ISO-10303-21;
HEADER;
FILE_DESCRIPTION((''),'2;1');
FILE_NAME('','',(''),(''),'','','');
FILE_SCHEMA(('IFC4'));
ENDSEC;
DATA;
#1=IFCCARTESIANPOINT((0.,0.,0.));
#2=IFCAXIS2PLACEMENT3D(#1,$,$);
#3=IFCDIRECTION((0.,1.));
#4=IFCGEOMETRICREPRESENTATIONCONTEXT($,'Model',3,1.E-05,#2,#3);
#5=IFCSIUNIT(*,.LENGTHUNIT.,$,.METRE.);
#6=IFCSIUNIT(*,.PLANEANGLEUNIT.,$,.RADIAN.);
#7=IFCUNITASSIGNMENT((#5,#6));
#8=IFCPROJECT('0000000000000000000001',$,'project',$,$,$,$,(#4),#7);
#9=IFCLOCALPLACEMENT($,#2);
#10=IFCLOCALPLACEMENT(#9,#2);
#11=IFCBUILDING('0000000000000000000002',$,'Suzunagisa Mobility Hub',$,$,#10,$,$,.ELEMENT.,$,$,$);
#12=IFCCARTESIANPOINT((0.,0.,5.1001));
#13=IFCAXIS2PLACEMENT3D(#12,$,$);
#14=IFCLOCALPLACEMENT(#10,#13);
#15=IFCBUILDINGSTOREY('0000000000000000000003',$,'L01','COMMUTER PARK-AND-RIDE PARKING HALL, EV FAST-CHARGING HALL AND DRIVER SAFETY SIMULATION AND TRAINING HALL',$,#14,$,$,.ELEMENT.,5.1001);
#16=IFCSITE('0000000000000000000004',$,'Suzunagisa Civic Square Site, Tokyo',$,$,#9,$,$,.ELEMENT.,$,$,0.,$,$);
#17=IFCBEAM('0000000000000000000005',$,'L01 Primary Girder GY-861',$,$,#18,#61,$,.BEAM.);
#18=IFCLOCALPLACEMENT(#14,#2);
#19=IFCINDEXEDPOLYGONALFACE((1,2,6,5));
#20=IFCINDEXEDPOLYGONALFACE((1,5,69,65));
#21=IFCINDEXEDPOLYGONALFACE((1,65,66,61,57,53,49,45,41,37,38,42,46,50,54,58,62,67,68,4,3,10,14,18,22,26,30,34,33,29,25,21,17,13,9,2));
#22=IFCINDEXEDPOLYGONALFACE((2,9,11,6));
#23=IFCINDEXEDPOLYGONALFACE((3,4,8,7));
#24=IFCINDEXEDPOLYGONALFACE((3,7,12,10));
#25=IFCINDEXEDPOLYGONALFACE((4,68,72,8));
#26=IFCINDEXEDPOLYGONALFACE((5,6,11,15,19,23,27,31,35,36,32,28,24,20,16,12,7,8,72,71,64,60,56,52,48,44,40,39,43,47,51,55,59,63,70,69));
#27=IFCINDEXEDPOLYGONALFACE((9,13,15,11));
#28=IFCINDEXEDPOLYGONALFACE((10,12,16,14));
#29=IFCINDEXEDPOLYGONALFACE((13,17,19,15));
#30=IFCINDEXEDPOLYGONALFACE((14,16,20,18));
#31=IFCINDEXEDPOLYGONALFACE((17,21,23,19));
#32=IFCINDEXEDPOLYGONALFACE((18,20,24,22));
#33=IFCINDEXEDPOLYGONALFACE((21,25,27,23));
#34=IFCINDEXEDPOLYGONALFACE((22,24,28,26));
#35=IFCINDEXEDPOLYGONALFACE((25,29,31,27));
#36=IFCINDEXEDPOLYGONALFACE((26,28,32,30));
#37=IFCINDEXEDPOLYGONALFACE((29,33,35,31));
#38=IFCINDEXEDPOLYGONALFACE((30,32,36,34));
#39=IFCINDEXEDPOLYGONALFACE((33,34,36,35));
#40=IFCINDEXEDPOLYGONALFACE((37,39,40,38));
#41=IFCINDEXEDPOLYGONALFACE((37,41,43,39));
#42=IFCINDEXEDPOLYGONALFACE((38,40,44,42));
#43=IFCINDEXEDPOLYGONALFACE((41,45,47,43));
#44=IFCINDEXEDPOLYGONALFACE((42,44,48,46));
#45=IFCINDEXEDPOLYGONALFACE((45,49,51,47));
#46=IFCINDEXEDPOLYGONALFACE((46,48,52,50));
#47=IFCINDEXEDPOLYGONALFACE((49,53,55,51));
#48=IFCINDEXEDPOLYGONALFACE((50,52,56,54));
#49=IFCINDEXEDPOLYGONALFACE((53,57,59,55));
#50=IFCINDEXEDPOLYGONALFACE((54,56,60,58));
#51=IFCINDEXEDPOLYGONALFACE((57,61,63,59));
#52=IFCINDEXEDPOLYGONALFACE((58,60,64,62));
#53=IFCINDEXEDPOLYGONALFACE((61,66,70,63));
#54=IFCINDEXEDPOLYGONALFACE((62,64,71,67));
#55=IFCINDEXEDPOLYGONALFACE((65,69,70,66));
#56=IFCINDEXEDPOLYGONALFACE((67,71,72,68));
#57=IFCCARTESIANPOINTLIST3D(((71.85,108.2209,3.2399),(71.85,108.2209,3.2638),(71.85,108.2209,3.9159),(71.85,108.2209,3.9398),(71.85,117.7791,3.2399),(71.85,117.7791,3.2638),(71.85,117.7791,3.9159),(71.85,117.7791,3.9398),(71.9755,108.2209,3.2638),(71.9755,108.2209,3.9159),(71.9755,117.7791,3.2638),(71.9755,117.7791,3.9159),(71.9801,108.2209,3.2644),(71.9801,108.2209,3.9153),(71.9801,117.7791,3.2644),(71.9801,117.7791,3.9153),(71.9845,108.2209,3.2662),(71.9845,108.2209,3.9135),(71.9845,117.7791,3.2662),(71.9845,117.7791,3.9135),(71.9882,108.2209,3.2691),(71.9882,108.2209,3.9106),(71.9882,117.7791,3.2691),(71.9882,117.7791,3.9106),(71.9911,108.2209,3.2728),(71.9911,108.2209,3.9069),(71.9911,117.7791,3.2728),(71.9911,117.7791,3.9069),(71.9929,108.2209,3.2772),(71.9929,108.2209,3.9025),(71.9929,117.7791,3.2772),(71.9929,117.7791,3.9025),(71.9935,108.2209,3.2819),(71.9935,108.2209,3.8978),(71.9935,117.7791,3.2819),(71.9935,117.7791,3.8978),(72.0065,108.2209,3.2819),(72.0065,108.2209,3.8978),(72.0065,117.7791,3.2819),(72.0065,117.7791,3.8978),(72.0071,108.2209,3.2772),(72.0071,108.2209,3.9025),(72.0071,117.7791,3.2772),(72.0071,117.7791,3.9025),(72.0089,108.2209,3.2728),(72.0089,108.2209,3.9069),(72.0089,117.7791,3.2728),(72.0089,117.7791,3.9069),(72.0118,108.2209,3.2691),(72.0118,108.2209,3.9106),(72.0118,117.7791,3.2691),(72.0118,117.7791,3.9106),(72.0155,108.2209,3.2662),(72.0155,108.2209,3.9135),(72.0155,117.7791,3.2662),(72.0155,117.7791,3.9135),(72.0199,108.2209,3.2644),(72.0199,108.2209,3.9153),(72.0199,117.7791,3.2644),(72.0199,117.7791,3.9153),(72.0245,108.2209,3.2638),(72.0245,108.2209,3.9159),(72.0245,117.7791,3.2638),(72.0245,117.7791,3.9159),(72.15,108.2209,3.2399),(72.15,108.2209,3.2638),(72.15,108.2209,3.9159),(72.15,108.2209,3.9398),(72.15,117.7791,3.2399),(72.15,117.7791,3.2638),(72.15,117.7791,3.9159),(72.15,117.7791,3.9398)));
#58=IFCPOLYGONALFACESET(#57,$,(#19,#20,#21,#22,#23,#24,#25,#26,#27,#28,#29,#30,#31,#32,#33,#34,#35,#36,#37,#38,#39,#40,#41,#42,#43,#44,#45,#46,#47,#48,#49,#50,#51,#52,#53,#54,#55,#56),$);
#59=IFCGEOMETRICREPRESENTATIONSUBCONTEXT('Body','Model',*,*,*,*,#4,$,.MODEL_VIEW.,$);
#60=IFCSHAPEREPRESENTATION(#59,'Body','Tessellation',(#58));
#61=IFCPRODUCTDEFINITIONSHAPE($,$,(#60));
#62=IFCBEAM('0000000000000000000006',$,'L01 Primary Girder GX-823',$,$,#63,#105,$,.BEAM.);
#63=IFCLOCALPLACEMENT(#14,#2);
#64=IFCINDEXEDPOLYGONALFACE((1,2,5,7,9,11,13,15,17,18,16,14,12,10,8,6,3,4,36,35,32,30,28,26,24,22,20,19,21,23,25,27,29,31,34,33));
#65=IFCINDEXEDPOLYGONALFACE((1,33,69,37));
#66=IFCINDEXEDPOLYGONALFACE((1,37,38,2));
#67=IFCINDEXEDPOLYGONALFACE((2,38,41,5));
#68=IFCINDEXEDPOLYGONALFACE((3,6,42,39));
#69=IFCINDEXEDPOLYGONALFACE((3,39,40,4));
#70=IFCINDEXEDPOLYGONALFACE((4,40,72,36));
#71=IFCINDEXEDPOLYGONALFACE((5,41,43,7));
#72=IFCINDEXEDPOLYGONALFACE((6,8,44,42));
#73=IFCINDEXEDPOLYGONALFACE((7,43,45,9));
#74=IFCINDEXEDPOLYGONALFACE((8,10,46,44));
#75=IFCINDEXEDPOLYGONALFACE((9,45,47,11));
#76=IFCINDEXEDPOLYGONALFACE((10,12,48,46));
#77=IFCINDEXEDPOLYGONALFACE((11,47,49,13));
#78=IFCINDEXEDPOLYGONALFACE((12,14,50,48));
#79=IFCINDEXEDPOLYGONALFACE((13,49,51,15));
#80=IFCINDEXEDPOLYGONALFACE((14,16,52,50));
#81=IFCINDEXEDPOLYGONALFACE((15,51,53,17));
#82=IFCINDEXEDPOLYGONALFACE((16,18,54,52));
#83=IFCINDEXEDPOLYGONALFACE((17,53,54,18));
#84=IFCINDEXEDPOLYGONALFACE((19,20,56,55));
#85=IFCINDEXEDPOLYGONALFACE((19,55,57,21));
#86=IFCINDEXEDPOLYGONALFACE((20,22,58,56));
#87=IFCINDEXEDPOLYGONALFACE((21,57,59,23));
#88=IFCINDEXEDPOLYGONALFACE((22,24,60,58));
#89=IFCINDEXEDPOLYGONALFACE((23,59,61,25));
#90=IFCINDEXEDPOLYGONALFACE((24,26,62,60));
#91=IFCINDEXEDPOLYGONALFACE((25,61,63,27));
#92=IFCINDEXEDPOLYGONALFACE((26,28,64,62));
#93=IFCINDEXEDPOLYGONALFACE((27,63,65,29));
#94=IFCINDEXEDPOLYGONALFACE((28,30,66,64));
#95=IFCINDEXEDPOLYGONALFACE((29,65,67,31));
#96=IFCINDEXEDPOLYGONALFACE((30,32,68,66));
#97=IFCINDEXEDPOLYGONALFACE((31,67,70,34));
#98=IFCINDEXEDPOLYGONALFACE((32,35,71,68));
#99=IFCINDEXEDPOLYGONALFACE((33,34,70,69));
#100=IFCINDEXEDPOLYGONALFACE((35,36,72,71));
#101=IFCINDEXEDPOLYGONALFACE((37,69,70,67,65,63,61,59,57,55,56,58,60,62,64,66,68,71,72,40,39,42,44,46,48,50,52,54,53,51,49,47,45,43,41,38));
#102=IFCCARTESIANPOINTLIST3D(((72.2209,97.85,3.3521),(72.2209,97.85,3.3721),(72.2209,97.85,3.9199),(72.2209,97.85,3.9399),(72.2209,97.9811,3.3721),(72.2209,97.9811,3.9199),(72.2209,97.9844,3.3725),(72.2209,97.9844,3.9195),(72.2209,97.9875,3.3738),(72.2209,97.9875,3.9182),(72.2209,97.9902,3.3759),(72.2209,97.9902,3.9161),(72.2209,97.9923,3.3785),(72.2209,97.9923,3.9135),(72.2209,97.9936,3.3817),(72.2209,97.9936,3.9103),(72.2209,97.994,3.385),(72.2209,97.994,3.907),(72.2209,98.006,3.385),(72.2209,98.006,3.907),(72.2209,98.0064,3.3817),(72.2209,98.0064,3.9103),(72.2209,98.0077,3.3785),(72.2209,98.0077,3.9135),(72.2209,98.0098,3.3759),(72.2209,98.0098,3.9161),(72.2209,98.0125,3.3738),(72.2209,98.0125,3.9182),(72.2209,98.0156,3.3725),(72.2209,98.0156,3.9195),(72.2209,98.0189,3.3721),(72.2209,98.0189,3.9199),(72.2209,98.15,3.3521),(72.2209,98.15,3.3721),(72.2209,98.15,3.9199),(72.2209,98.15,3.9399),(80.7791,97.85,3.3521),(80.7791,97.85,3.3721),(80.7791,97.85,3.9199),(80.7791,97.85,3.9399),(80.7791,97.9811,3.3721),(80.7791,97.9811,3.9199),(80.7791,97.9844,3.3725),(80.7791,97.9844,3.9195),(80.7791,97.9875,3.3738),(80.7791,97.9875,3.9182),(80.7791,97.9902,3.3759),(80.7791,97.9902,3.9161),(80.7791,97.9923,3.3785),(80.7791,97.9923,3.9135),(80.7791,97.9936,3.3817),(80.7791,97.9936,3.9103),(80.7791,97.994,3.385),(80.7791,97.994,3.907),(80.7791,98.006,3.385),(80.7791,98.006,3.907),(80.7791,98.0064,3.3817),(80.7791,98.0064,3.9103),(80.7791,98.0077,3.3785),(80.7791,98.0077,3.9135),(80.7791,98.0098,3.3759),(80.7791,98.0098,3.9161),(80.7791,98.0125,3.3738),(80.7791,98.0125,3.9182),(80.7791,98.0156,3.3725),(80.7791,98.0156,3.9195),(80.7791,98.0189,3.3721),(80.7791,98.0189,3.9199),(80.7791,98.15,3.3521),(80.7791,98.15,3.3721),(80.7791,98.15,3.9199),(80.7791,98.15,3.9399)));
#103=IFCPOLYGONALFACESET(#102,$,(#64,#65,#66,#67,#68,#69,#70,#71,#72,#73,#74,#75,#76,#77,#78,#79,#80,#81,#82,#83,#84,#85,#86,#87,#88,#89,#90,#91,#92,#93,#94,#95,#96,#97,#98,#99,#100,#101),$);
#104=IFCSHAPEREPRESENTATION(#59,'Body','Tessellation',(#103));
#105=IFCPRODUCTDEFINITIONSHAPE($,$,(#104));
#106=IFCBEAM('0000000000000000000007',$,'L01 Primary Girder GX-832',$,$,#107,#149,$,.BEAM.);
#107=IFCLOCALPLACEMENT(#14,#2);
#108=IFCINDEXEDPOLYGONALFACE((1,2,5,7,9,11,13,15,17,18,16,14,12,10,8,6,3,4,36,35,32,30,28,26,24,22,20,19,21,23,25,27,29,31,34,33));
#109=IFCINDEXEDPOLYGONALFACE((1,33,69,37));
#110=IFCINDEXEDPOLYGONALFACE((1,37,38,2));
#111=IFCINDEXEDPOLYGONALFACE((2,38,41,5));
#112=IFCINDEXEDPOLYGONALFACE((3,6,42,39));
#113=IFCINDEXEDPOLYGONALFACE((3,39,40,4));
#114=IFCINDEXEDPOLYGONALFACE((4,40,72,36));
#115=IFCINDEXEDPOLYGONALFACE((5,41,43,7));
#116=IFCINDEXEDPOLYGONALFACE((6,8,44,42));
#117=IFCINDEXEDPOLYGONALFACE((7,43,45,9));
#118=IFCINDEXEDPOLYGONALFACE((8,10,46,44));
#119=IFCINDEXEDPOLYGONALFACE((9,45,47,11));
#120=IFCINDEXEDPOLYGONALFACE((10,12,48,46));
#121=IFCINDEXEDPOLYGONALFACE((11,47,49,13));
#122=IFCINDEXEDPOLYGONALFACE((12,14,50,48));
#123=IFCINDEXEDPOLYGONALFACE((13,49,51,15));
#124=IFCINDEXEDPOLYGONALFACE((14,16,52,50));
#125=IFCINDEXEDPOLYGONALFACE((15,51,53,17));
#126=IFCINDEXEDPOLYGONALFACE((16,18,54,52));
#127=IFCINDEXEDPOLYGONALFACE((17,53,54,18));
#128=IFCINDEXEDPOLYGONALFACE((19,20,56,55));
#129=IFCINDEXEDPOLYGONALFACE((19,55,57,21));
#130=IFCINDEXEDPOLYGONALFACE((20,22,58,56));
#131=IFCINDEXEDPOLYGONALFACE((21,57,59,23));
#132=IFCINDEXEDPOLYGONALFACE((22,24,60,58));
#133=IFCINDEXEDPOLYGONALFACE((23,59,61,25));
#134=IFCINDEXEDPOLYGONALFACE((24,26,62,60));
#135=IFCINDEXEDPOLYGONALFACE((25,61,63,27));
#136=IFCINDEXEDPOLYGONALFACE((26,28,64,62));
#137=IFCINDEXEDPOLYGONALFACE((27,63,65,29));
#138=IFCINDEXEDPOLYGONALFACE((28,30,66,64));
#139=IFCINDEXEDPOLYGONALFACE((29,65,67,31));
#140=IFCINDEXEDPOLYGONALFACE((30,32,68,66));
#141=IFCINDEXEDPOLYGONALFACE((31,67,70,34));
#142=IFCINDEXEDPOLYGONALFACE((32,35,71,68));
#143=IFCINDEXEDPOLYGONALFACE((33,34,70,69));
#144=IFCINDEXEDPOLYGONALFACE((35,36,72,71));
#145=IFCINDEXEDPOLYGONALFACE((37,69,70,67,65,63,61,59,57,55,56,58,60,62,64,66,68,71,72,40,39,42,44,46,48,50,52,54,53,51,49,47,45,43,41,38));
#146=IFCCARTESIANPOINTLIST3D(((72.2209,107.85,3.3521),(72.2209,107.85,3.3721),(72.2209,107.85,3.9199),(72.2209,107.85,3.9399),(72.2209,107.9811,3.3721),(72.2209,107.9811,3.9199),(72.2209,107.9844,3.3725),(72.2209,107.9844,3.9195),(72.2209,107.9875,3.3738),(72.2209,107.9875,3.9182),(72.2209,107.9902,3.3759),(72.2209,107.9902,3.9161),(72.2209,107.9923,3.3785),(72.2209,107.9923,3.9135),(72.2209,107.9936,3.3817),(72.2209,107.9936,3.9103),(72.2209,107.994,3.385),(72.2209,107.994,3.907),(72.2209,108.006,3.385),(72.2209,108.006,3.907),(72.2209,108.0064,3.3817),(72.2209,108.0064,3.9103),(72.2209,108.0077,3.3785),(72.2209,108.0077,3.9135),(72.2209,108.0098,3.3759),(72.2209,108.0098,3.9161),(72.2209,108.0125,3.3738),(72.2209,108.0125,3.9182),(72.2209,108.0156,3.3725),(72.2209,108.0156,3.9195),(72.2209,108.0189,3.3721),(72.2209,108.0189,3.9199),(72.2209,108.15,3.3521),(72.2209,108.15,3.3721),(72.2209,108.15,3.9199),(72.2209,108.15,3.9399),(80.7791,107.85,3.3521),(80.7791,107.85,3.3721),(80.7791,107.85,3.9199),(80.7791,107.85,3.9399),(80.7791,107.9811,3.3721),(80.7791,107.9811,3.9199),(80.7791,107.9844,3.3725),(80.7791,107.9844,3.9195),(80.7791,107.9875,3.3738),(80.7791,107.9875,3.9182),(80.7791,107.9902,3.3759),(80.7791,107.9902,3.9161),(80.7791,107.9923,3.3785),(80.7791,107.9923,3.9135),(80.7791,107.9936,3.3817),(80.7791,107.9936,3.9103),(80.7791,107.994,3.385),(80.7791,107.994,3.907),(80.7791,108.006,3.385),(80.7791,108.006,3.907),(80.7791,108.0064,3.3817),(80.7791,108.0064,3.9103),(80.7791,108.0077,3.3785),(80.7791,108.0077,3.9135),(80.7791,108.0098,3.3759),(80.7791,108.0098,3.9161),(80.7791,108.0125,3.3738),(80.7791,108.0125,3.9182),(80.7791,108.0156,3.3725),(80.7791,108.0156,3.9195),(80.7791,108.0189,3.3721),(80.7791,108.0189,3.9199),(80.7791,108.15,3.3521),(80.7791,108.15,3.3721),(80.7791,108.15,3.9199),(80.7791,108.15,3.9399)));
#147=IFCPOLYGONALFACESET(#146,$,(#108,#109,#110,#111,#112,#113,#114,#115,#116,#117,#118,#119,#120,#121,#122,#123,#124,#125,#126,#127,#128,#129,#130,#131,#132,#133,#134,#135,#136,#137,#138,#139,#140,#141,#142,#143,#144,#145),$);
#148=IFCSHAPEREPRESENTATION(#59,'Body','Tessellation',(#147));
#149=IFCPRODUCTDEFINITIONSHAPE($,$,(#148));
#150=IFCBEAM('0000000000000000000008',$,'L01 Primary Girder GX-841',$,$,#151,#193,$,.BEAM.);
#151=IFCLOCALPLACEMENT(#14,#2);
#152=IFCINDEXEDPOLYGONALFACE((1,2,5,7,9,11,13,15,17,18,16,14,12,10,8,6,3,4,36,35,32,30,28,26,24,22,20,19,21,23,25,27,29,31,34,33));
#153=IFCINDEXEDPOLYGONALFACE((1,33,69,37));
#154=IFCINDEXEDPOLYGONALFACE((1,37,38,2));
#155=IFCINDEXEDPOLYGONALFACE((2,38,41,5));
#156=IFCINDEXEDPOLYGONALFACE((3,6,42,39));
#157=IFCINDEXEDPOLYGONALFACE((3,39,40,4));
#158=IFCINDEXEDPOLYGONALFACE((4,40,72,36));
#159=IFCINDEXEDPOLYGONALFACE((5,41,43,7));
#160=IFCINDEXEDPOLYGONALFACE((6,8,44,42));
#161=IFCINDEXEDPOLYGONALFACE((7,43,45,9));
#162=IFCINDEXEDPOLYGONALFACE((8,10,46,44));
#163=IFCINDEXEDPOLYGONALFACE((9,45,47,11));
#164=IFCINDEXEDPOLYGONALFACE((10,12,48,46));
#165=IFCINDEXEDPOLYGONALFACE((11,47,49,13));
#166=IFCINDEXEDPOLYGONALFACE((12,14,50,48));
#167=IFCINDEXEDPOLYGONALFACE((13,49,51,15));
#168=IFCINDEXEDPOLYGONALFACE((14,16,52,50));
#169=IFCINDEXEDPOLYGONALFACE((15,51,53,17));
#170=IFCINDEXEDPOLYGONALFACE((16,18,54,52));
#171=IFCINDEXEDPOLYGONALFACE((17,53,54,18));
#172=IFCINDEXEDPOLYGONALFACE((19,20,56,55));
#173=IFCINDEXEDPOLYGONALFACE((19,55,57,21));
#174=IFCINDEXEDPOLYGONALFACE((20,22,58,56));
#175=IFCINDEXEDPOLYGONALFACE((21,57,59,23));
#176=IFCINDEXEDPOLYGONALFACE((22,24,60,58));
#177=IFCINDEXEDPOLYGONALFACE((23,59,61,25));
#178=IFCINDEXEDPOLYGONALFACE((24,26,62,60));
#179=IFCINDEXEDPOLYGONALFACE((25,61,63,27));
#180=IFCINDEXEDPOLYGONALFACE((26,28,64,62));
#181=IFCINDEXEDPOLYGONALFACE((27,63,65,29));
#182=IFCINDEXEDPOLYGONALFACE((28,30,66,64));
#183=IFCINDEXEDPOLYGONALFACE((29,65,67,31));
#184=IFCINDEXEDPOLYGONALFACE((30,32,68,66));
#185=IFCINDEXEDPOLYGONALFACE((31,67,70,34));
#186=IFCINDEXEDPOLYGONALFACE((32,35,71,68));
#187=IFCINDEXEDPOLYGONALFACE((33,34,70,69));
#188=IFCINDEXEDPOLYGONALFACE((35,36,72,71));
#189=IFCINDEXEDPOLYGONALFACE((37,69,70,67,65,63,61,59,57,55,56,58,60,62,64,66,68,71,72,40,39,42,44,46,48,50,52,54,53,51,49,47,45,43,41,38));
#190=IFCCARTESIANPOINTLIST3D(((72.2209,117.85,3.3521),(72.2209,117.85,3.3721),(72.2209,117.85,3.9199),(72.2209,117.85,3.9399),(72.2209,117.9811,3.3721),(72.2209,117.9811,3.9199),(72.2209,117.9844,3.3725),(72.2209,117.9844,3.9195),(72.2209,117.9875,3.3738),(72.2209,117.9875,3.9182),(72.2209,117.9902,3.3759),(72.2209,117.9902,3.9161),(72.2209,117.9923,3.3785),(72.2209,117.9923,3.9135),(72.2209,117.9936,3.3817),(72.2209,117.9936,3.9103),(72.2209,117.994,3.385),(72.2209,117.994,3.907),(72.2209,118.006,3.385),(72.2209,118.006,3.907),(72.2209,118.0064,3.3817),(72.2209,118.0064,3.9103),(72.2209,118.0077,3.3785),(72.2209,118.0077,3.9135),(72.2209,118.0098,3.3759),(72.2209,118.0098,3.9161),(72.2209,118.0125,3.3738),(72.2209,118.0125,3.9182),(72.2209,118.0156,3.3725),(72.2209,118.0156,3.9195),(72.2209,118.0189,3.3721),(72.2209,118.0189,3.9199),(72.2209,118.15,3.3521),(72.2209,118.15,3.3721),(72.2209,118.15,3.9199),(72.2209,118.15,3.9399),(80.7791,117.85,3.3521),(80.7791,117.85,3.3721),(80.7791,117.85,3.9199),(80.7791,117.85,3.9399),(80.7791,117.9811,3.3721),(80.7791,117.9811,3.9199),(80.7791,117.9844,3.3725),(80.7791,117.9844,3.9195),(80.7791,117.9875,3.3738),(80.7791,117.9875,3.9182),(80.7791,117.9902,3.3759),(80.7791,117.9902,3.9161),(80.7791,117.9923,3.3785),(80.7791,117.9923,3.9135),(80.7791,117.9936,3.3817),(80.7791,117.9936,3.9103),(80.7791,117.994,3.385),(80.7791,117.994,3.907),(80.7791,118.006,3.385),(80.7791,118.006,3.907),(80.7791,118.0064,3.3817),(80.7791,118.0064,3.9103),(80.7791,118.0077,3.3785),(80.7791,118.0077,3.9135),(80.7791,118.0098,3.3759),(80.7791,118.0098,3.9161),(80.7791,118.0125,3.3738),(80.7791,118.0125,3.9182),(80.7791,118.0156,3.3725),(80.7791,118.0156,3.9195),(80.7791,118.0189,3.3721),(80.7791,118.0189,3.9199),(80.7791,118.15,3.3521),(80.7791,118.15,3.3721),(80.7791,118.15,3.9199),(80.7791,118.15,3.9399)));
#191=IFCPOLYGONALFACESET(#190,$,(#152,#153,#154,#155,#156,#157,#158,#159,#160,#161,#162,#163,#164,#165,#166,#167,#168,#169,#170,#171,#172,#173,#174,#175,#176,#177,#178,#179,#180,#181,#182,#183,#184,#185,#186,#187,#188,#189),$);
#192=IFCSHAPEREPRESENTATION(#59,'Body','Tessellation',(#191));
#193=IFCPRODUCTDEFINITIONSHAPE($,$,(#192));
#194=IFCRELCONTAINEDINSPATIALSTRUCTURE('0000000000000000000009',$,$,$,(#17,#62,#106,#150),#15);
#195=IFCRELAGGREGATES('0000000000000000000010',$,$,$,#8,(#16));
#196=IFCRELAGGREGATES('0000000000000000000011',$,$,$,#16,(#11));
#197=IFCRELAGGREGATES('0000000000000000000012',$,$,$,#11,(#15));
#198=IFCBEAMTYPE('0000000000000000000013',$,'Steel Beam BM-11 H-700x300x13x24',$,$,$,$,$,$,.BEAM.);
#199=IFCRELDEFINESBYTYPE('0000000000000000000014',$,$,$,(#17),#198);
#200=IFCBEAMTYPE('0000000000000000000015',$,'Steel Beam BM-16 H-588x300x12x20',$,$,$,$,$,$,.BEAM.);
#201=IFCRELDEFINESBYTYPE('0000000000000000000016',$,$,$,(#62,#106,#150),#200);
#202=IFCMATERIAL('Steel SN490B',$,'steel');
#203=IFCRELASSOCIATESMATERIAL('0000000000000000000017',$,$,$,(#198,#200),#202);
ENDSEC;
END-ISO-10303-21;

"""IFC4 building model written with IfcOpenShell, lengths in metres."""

from ifc_helpers import new_model, si_unit, direction, frame, origin, origin_2d, place, context, subcontext, project, spatial, i_section, extrude, material, material_profile, profile_set, type_object, element, save


model = new_model("IFC4")

# Units and contexts
model_context = context("Model", 3, precision=1e-05, world=origin(), true_north=direction((0.0, 1.0)))
body_context = subcontext(model_context, "Body", "Model", "MODEL_VIEW")
ifc_project = project(units=[si_unit("LENGTHUNIT", "METRE"), si_unit("PLANEANGLEUNIT", "RADIAN")], contexts=[model_context])

# Site, building, storey
site_placement = place(None, origin())
site = spatial("IfcSite", under=ifc_project, at=site_placement, Name="Suzunagisa Civic Square Site, Tokyo", CompositionType="ELEMENT", RefElevation=0.0)
building_placement = place(site_placement, origin())
building = spatial("IfcBuilding", under=site, at=building_placement, Name="Suzunagisa Mobility Hub", CompositionType="ELEMENT")
storey_placement = place(building_placement, frame((0.0, 0.0, 5.1001)))
storey = spatial("IfcBuildingStorey", under=building, at=storey_placement, Name="L01", Description="COMMUTER PARK-AND-RIDE PARKING HALL, EV FAST-CHARGING HALL AND DRIVER SAFETY SIMULATION AND TRAINING HALL", CompositionType="ELEMENT", Elevation=5.1001)

# Shared definitions
ifc_material_1 = material(Name="Steel SN490B", Category="steel")

# Beams
ifc_material_profile_1 = material_profile(ifc_material_1, i_section(OverallWidth=0.3, OverallDepth=0.7, WebThickness=0.0129, FlangeThickness=0.0239, FilletRadius=0.0181, at=origin_2d()), Name="H-700x300x13x24")
ifc_profile_set_1 = profile_set([ifc_material_profile_1], Name="Steel SN490B")
beam_type_1 = type_object("IfcBeamType", Name="Steel Beam BM-11 H-700x300x13x24", PredefinedType="BEAM", material=ifc_profile_set_1)
for number, where, z_axis, x_axis, name in (
    (1, (72.0, 108.2209, 3.5898), (0.0, 1.0, 0.0), (-1.0, 0.0, 0.0), "L01 Primary Girder GY-861"),
):
    element("IfcBeam", number, at=place(storey_placement, frame(where, z_axis=z_axis, x_axis=x_axis)), inside=storey, type_object=beam_type_1, Name=name, PredefinedType="BEAM", context=body_context, shape_type="SweptSolid", body=[
        extrude(i_section(OverallWidth=0.3, OverallDepth=0.7, WebThickness=0.0129, FlangeThickness=0.0239, FilletRadius=0.0181, at=origin_2d()), origin(), (0.0, 0.0, 1.0), 9.5581),
    ])
ifc_material_profile_2 = material_profile(ifc_material_1, i_section(OverallWidth=0.3, OverallDepth=0.5879, WebThickness=0.012, FlangeThickness=0.02, FilletRadius=0.0129, at=origin_2d()), Name="H-588x300x12x20")
ifc_profile_set_2 = profile_set([ifc_material_profile_2], Name="Steel SN490B")
beam_type_2 = type_object("IfcBeamType", Name="Steel Beam BM-16 H-588x300x12x20", PredefinedType="BEAM", material=ifc_profile_set_2)
for number, where, z_axis, x_axis, name in (
    (2, (72.2209, 98.0, 3.646), (1.0, 0.0, 0.0), (0.0, 1.0, 0.0), "L01 Primary Girder GX-823"),
    (3, (72.2209, 108.0, 3.646), (1.0, 0.0, 0.0), (0.0, 1.0, 0.0), "L01 Primary Girder GX-832"),
    (4, (72.2209, 118.0, 3.646), (1.0, 0.0, 0.0), (0.0, 1.0, 0.0), "L01 Primary Girder GX-841"),
):
    element("IfcBeam", number, at=place(storey_placement, frame(where, z_axis=z_axis, x_axis=x_axis)), inside=storey, type_object=beam_type_2, Name=name, PredefinedType="BEAM", context=body_context, shape_type="SweptSolid", body=[
        extrude(i_section(OverallWidth=0.3, OverallDepth=0.5879, WebThickness=0.012, FlangeThickness=0.02, FilletRadius=0.0129, at=origin_2d()), origin(), (0.0, 0.0, 1.0), 8.5581),
    ])

save(model, "model.ifc")
